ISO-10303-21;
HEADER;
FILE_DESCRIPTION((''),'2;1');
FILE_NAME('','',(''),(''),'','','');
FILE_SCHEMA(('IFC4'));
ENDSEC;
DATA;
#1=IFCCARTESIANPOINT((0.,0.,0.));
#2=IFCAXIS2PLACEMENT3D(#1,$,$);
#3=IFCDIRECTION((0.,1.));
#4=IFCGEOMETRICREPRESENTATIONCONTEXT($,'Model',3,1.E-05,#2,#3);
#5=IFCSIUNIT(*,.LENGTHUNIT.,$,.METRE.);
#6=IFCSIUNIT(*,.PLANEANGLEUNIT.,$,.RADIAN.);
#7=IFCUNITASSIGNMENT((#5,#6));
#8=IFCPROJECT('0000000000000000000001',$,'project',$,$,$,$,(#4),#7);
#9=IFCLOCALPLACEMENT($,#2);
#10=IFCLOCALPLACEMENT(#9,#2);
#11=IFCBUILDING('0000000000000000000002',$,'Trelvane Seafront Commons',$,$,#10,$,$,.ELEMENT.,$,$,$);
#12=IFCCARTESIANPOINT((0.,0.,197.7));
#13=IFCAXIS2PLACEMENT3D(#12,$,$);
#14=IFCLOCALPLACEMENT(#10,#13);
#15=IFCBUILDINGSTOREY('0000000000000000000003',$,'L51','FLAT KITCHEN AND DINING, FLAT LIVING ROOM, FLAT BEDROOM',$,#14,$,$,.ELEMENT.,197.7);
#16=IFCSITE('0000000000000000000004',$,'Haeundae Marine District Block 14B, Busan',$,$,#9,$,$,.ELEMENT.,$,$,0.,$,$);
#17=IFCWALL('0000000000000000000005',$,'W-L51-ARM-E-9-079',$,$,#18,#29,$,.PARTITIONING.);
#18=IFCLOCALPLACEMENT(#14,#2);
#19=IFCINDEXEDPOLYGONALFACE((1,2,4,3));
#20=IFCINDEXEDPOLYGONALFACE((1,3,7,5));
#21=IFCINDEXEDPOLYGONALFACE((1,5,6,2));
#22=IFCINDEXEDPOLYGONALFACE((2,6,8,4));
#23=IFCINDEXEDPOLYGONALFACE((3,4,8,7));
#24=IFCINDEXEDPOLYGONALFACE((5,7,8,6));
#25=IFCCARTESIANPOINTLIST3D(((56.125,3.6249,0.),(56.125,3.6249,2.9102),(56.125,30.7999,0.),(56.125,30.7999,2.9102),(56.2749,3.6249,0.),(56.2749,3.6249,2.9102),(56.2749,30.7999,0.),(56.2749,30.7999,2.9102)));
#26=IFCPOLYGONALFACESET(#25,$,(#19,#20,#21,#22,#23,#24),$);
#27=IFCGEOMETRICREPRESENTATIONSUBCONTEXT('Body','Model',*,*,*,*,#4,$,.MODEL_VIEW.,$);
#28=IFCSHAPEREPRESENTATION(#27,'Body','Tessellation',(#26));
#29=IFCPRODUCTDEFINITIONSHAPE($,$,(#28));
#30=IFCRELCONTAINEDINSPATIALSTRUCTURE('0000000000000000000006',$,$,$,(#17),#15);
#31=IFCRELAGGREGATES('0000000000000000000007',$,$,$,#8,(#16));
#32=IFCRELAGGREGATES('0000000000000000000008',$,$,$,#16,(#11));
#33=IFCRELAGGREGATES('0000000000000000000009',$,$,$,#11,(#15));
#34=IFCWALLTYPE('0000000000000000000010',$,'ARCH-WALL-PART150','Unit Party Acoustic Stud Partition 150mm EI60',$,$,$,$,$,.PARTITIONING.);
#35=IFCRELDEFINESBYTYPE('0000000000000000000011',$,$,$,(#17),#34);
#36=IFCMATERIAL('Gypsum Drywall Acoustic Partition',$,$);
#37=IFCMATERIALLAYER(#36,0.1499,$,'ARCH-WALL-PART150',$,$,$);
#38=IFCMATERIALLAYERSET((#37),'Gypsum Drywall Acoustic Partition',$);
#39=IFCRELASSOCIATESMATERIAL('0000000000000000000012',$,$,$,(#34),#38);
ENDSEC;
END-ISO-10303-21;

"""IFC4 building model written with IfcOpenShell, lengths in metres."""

from ifc_helpers import new_model, si_unit, direction, frame, frame_2d, origin, place, context, subcontext, project, spatial, rectangle, extrude, material, layer, layer_set, type_object, element, save


model = new_model("IFC4")

# Units and contexts
model_context = context("Model", 3, precision=1e-05, world=origin(), true_north=direction((0.0, 1.0)))
body_context = subcontext(model_context, "Body", "Model", "MODEL_VIEW")
ifc_project = project(units=[si_unit("LENGTHUNIT", "METRE"), si_unit("PLANEANGLEUNIT", "RADIAN")], contexts=[model_context])

# Site, building, storey
site_placement = place(None, origin())
site = spatial("IfcSite", under=ifc_project, at=site_placement, Name="Haeundae Marine District Block 14B, Busan", CompositionType="ELEMENT", RefElevation=0.0)
building_placement = place(site_placement, origin())
building = spatial("IfcBuilding", under=site, at=building_placement, Name="Trelvane Seafront Commons", CompositionType="ELEMENT")
storey_placement = place(building_placement, frame((0.0, 0.0, 197.7)))
storey = spatial("IfcBuildingStorey", under=building, at=storey_placement, Name="L51", Description="FLAT KITCHEN AND DINING, FLAT LIVING ROOM, FLAT BEDROOM", CompositionType="ELEMENT", Elevation=197.7)

# Wall
ifc_material_1 = material(Name="Gypsum Drywall Acoustic Partition")
ifc_layer_1 = layer(ifc_material_1, 0.1499, Name="ARCH-WALL-PART150")
ifc_layer_set_1 = layer_set([ifc_layer_1], Name="Gypsum Drywall Acoustic Partition")
wall_type_1 = type_object("IfcWallType", Name="ARCH-WALL-PART150", Description="Unit Party Acoustic Stud Partition 150mm EI60", PredefinedType="PARTITIONING", material=ifc_layer_set_1)
for number, where, z_axis, x_axis, name in (
    (1, (56.2, 3.625, 0.0), (0.0, 0.0, 1.0), (0.0, 1.0, 0.0), "W-L51-ARM-E-9-079"),
):
    element("IfcWall", number, at=place(storey_placement, frame(where, z_axis=z_axis, x_axis=x_axis)), inside=storey, type_object=wall_type_1, Name=name, PredefinedType="PARTITIONING", context=body_context, shape_type="SweptSolid", body=[
        extrude(rectangle(XDim=27.175, YDim=0.1499, at=frame_2d((13.5874, 0.0))), origin(), (0.0, 0.0, 1.0), 2.9102),
    ])

save(model, "model.ifc")
